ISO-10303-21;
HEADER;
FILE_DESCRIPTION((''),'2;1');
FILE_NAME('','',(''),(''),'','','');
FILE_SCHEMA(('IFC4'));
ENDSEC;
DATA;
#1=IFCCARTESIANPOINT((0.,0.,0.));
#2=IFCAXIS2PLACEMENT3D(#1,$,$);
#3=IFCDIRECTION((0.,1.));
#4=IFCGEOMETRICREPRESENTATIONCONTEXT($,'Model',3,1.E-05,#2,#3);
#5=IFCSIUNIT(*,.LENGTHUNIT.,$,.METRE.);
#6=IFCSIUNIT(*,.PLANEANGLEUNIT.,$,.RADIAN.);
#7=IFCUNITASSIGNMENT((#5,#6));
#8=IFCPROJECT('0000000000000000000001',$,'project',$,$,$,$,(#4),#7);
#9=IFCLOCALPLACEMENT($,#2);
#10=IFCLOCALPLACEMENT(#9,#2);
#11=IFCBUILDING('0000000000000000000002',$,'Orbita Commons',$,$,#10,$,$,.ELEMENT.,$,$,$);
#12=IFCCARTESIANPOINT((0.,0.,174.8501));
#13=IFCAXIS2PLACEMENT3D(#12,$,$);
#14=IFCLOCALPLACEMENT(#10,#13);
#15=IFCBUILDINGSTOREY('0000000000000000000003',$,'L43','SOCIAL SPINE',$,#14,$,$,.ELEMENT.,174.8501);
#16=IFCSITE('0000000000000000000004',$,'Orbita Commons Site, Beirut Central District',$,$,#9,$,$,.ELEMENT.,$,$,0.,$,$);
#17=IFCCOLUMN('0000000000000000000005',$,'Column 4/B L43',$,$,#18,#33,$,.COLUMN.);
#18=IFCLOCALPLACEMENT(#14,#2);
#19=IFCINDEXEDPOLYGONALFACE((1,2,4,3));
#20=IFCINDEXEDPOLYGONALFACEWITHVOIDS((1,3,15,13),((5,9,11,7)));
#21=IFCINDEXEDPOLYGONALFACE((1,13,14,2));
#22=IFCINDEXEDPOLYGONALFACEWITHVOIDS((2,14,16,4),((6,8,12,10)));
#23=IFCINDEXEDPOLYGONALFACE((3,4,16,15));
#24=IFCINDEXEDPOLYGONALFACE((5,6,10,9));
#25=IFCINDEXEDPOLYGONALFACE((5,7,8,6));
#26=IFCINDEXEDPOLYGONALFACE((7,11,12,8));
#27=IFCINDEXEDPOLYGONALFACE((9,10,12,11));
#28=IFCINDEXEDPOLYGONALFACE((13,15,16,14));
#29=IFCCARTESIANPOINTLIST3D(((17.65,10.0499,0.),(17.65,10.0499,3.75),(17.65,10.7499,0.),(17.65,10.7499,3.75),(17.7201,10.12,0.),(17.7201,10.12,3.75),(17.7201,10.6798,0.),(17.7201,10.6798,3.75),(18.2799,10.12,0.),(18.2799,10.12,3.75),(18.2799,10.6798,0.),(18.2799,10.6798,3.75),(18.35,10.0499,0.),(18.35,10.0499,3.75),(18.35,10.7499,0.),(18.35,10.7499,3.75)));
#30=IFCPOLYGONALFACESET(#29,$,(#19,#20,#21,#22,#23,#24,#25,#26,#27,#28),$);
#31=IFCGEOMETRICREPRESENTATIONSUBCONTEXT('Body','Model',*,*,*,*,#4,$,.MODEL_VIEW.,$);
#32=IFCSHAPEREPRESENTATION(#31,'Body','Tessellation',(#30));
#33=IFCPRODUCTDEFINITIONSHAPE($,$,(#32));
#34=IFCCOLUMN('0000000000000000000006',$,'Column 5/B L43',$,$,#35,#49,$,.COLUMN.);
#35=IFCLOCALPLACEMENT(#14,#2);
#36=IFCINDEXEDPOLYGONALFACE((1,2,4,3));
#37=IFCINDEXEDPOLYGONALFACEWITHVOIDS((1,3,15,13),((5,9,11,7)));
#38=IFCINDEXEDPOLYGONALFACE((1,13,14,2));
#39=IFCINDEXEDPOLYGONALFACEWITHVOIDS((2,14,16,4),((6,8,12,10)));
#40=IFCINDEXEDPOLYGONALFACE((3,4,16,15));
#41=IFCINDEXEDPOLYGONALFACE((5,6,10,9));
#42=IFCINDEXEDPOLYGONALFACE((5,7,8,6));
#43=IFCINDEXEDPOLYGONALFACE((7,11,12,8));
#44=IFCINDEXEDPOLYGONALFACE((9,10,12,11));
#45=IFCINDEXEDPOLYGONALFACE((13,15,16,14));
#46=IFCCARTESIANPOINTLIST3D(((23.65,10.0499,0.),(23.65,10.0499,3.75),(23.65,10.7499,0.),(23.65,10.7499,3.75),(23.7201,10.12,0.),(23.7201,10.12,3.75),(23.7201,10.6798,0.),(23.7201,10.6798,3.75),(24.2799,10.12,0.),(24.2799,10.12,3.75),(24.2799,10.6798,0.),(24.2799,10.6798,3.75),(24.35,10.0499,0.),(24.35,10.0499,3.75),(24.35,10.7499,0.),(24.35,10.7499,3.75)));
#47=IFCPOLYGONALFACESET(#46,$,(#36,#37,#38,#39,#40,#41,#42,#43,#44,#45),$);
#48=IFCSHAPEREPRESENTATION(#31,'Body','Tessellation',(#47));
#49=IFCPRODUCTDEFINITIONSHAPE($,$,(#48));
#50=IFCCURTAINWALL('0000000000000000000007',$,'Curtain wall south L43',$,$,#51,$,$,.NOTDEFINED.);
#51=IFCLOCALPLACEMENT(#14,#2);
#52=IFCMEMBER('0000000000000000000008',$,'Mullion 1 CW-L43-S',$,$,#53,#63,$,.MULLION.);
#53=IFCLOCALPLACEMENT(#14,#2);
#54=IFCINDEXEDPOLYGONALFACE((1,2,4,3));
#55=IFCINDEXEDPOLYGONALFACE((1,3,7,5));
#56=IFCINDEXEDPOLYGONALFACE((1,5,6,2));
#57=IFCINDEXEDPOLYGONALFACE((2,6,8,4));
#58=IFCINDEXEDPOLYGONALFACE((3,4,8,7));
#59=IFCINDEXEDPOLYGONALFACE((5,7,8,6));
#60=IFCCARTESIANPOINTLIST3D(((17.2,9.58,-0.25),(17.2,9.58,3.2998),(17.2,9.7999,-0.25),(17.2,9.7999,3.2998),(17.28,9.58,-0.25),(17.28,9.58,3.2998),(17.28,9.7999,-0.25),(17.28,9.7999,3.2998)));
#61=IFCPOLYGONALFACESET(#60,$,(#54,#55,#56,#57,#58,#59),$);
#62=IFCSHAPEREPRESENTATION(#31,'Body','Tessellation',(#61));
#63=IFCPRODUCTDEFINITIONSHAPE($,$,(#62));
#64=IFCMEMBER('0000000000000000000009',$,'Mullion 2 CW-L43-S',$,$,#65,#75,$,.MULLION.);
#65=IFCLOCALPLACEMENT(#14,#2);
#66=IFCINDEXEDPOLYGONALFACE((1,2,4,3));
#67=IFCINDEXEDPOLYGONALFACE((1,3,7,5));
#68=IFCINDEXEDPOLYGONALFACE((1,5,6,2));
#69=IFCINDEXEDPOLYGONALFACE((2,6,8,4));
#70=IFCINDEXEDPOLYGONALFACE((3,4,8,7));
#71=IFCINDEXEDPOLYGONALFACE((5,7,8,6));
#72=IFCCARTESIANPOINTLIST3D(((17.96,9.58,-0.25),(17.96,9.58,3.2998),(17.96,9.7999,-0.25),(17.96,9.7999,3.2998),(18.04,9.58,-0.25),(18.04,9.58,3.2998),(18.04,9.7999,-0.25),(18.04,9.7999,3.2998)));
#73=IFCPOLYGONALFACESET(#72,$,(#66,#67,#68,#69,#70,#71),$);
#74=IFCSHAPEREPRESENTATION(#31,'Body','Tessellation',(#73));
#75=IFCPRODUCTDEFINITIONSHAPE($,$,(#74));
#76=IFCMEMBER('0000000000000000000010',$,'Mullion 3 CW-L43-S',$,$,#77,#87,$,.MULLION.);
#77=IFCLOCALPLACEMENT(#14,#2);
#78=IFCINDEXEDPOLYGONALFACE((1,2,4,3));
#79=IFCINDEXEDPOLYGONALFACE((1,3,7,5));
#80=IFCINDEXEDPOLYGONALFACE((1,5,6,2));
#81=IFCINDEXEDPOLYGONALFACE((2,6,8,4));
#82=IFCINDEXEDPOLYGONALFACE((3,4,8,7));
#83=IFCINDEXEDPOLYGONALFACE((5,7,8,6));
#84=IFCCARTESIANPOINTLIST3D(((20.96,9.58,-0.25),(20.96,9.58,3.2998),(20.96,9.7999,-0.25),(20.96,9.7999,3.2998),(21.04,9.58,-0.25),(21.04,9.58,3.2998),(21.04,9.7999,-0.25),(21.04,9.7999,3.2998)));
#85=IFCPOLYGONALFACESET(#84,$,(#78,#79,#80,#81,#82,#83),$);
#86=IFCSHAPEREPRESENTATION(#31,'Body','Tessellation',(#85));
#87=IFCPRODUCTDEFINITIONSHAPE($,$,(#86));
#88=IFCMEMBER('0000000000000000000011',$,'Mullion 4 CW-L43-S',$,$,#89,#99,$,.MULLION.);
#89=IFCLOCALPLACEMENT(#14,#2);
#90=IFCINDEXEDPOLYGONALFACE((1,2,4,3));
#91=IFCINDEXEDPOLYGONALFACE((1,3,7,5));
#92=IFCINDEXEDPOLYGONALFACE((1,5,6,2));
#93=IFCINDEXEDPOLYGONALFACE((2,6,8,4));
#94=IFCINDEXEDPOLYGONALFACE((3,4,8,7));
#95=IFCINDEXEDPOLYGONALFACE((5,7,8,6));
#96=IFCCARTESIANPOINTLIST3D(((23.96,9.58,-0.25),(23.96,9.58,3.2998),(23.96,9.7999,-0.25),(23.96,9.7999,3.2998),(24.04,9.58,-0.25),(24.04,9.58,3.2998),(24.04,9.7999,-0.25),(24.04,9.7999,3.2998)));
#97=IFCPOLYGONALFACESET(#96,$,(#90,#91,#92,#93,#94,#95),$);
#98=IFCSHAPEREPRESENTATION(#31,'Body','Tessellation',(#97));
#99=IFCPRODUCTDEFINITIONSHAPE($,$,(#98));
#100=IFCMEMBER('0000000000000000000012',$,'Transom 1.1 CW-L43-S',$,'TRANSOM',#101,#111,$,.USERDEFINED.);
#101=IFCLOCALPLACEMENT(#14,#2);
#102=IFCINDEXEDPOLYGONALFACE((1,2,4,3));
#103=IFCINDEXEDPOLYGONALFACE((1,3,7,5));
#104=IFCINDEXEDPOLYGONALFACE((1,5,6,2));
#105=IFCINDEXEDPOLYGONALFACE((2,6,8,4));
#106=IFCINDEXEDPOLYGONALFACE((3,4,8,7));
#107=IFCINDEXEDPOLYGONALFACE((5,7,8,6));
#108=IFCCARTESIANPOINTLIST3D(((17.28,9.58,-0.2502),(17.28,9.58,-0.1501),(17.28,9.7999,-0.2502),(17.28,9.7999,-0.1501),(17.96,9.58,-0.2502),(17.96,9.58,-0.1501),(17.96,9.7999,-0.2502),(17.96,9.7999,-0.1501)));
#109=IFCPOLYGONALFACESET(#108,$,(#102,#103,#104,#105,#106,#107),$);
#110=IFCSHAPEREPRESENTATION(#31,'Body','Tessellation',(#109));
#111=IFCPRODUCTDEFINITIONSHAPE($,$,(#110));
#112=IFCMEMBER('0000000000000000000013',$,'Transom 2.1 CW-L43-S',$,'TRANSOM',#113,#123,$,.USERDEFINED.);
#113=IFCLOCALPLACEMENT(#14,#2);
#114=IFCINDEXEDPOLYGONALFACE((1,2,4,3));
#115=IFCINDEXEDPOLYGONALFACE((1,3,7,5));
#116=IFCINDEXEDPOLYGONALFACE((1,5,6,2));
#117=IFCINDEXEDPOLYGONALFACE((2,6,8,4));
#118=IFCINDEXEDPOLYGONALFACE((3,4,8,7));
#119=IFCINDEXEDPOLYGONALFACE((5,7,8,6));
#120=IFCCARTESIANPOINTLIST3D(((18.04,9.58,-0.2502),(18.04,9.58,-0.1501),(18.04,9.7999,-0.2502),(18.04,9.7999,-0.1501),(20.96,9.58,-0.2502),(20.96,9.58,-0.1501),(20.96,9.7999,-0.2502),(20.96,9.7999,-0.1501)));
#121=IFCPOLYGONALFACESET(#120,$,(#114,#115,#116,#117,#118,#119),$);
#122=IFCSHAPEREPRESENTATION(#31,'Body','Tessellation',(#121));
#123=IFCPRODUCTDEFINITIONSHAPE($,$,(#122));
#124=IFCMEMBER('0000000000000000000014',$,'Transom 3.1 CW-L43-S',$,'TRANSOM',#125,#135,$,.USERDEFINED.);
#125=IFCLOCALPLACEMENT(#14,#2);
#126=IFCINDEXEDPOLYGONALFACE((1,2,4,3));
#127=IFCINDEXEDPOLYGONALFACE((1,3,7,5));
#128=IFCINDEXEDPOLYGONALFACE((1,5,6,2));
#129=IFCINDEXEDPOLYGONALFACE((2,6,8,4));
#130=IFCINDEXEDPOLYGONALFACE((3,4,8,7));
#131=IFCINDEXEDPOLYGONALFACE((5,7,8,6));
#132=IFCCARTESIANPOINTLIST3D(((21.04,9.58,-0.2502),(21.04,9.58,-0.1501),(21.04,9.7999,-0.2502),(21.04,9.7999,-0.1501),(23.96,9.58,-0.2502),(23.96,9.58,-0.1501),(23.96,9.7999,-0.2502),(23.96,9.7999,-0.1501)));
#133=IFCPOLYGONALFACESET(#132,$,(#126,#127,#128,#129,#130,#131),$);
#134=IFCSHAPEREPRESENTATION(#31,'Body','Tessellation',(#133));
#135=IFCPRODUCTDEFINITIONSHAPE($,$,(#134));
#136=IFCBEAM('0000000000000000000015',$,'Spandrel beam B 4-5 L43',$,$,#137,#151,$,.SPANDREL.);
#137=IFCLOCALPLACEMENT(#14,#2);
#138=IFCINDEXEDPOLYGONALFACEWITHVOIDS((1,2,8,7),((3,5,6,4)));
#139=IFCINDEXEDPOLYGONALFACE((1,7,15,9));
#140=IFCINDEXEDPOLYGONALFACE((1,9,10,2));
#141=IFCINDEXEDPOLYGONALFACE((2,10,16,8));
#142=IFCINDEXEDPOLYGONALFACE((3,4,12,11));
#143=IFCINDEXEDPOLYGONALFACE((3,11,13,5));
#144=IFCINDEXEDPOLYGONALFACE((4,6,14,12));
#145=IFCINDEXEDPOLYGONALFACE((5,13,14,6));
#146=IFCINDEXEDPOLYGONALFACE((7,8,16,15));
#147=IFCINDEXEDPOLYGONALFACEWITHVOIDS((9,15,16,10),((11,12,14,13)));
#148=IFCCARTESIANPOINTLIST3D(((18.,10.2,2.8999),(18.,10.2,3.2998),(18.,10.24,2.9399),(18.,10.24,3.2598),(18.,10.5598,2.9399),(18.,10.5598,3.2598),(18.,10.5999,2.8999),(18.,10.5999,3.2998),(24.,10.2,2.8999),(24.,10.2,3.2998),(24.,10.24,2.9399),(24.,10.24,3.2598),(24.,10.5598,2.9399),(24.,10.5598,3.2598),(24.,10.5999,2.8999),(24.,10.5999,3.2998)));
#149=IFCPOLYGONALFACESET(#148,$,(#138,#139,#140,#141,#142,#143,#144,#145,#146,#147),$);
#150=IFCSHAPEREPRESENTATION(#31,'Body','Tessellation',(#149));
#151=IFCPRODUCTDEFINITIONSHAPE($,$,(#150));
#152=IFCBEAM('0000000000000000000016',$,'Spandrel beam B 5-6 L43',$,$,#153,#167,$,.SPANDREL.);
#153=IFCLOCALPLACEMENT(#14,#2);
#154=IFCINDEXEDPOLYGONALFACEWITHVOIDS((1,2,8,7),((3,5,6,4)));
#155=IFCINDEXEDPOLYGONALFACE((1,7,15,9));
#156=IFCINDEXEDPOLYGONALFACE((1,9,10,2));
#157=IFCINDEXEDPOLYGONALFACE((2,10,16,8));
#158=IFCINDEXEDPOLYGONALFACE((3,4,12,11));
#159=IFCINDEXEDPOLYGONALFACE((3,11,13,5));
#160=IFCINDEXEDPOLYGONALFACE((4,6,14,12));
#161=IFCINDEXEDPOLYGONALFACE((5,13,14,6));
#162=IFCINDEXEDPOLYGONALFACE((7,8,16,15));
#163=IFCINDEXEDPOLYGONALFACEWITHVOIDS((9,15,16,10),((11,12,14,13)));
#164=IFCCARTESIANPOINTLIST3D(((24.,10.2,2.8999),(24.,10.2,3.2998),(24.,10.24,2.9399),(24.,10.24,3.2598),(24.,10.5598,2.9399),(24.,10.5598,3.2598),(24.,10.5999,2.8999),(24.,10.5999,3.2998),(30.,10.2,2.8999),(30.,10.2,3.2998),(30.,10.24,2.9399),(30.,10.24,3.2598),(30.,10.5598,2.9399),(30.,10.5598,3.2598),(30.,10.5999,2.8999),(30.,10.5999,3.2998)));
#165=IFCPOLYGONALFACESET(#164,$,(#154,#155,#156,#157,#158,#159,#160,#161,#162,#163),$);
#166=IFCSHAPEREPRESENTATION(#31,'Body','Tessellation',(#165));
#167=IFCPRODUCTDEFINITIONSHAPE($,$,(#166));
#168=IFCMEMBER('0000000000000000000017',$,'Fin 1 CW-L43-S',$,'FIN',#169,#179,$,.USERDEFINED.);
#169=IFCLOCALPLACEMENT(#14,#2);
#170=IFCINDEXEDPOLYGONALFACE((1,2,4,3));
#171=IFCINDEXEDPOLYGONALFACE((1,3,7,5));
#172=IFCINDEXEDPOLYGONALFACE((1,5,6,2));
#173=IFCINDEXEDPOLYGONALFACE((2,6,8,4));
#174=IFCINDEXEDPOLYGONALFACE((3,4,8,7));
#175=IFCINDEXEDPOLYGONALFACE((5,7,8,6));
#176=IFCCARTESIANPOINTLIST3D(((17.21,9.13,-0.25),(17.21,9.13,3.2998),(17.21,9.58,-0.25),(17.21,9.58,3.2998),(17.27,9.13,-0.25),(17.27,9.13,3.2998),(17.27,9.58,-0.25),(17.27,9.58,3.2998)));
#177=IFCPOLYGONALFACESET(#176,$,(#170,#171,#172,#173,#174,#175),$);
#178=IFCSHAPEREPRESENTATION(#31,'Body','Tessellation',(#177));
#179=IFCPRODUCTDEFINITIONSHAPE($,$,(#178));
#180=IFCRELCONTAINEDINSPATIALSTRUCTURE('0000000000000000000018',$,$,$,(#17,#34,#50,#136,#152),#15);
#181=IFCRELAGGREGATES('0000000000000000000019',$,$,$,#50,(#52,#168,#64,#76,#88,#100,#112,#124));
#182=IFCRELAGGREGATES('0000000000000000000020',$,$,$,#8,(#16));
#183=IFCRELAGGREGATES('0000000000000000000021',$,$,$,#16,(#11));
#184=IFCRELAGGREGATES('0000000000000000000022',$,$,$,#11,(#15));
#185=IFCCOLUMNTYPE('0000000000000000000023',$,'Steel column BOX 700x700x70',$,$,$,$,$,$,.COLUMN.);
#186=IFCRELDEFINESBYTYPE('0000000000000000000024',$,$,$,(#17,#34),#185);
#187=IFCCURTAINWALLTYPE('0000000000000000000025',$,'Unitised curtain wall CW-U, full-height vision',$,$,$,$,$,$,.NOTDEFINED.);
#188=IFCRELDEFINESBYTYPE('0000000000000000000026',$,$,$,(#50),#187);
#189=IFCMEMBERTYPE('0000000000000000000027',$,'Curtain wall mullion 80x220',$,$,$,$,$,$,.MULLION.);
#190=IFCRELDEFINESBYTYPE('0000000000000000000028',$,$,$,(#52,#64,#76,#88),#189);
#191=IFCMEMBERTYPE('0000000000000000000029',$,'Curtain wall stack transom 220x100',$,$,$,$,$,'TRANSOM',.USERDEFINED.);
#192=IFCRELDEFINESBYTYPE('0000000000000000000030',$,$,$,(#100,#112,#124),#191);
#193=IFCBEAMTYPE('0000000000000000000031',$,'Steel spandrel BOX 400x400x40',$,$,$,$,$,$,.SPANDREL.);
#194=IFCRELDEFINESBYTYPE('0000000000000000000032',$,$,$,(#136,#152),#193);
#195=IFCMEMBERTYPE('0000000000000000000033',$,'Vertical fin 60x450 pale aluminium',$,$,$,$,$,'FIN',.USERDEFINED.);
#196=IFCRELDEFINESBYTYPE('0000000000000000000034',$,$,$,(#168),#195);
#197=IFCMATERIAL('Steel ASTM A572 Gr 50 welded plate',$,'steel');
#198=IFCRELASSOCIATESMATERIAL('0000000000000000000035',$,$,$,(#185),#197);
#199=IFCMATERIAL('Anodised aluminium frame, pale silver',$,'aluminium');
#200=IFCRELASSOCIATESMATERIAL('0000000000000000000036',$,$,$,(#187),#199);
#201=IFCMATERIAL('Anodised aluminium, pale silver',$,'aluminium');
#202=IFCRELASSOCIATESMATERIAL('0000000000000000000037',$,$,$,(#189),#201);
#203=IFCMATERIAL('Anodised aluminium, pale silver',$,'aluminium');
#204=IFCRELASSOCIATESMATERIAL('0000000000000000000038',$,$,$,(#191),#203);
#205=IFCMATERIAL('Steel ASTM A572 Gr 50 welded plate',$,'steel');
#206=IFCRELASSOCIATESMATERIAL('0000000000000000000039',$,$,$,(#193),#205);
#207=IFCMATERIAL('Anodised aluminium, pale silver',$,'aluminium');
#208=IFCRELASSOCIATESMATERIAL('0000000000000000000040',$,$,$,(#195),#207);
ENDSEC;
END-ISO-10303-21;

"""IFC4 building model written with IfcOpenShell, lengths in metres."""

from ifc_helpers import new_model, si_unit, direction, frame, origin, origin_2d, place, context, subcontext, project, spatial, rectangle, hollow_rectangle, extrude, material, material_profile, profile_set, type_object, element, aggregate, save


model = new_model("IFC4")

# Units and contexts
model_context = context("Model", 3, precision=1e-05, world=origin(), true_north=direction((0.0, 1.0)))
body_context = subcontext(model_context, "Body", "Model", "MODEL_VIEW")
ifc_project = project(units=[si_unit("LENGTHUNIT", "METRE"), si_unit("PLANEANGLEUNIT", "RADIAN")], contexts=[model_context])

# Site, building, storey
site_placement = place(None, origin())
site = spatial("IfcSite", under=ifc_project, at=site_placement, Name="Orbita Commons Site, Beirut Central District", CompositionType="ELEMENT", RefElevation=0.0)
building_placement = place(site_placement, origin())
building = spatial("IfcBuilding", under=site, at=building_placement, Name="Orbita Commons", CompositionType="ELEMENT")
storey_placement = place(building_placement, frame((0.0, 0.0, 174.8501)))
storey = spatial("IfcBuildingStorey", under=building, at=storey_placement, Name="L43", Description="SOCIAL SPINE", CompositionType="ELEMENT", Elevation=174.8501)

# Columns
ifc_material_1 = material(Name="Steel ASTM A572 Gr 50 welded plate", Category="steel")
ifc_material_profile_1 = material_profile(ifc_material_1, hollow_rectangle(XDim=0.7, YDim=0.7, WallThickness=0.0701, at=origin_2d()), Name="BOX 700x700x70")
ifc_profile_set_1 = profile_set([ifc_material_profile_1], Name="Steel ASTM A572 Gr 50 welded plate")
column_type = type_object("IfcColumnType", Name="Steel column BOX 700x700x70", PredefinedType="COLUMN", material=ifc_profile_set_1)
for number, where, z_axis, x_axis, name in (
    (1, (18.0, 10.3999, 0.0), (0.0, 0.0, 1.0), (1.0, 0.0, 0.0), "Column 4/B L43"),
    (2, (24.0, 10.3999, 0.0), (0.0, 0.0, 1.0), (1.0, 0.0, 0.0), "Column 5/B L43"),
):
    element("IfcColumn", number, at=place(storey_placement, frame(where, z_axis=z_axis, x_axis=x_axis)), inside=storey, type_object=column_type, Name=name, PredefinedType="COLUMN", context=body_context, shape_type="SweptSolid", body=[
        extrude(hollow_rectangle(XDim=0.7, YDim=0.7, WallThickness=0.0701, at=origin_2d()), origin(), (0.0, 0.0, 1.0), 3.75),
    ])

# Curtain wall, members
ifc_material_2 = material(Name="Anodised aluminium frame, pale silver", Category="aluminium")
curtain_wall_type = type_object("IfcCurtainWallType", Name="Unitised curtain wall CW-U, full-height vision", PredefinedType="NOTDEFINED", material=ifc_material_2)
curtain_wall_placement = place(storey_placement, origin())
curtain_wall = element("IfcCurtainWall", 3, at=curtain_wall_placement, inside=storey, type_object=curtain_wall_type, Name="Curtain wall south L43", PredefinedType="NOTDEFINED")
ifc_material_3 = material(Name="Anodised aluminium, pale silver", Category="aluminium")
ifc_material_profile_2 = material_profile(ifc_material_3, rectangle(XDim=0.0801, YDim=0.22, at=origin_2d()), Name="AL 80x220")
ifc_profile_set_2 = profile_set([ifc_material_profile_2], Name="Anodised aluminium, pale silver")
member_type_1 = type_object("IfcMemberType", Name="Curtain wall mullion 80x220", PredefinedType="MULLION", material=ifc_profile_set_2)
member_1_placement = place(storey_placement, frame((17.24, 9.6899, -0.25), z_axis=(0.0, 0.0, 1.0), x_axis=(1.0, 0.0, 0.0)))
member_1 = element("IfcMember", 4, at=member_1_placement, type_object=member_type_1, Name="Mullion 1 CW-L43-S", PredefinedType="MULLION", context=body_context, shape_type="SweptSolid", body=[
    extrude(rectangle(XDim=0.0801, YDim=0.22, at=origin_2d()), origin(), (0.0, 0.0, 1.0), 3.5498),
])
member_2_placement = place(storey_placement, frame((18.0, 9.6899, -0.25), z_axis=(0.0, 0.0, 1.0), x_axis=(1.0, 0.0, 0.0)))
member_2 = element("IfcMember", 5, at=member_2_placement, type_object=member_type_1, Name="Mullion 2 CW-L43-S", PredefinedType="MULLION", context=body_context, shape_type="SweptSolid", body=[
    extrude(rectangle(XDim=0.0801, YDim=0.22, at=origin_2d()), origin(), (0.0, 0.0, 1.0), 3.5498),
])
member_3_placement = place(storey_placement, frame((21.0, 9.6899, -0.25), z_axis=(0.0, 0.0, 1.0), x_axis=(1.0, 0.0, 0.0)))
member_3 = element("IfcMember", 6, at=member_3_placement, type_object=member_type_1, Name="Mullion 3 CW-L43-S", PredefinedType="MULLION", context=body_context, shape_type="SweptSolid", body=[
    extrude(rectangle(XDim=0.0801, YDim=0.22, at=origin_2d()), origin(), (0.0, 0.0, 1.0), 3.5498),
])
member_4_placement = place(storey_placement, frame((24.0, 9.6899, -0.25), z_axis=(0.0, 0.0, 1.0), x_axis=(1.0, 0.0, 0.0)))
member_4 = element("IfcMember", 7, at=member_4_placement, type_object=member_type_1, Name="Mullion 4 CW-L43-S", PredefinedType="MULLION", context=body_context, shape_type="SweptSolid", body=[
    extrude(rectangle(XDim=0.0801, YDim=0.22, at=origin_2d()), origin(), (0.0, 0.0, 1.0), 3.5498),
])
ifc_material_4 = material(Name="Anodised aluminium, pale silver", Category="aluminium")
ifc_material_profile_3 = material_profile(ifc_material_4, rectangle(XDim=0.22, YDim=0.1001, at=origin_2d()), Name="AL 220x100")
ifc_profile_set_3 = profile_set([ifc_material_profile_3], Name="Anodised aluminium, pale silver")
member_type_2 = type_object("IfcMemberType", Name="Curtain wall stack transom 220x100", ElementType="TRANSOM", PredefinedType="USERDEFINED", material=ifc_profile_set_3)
member_5_placement = place(storey_placement, frame((17.28, 9.6899, -0.2002), z_axis=(1.0, 0.0, 0.0), x_axis=(0.0, 1.0, 0.0)))
member_5 = element("IfcMember", 8, at=member_5_placement, type_object=member_type_2, Name="Transom 1.1 CW-L43-S", ObjectType="TRANSOM", PredefinedType="USERDEFINED", context=body_context, shape_type="SweptSolid", body=[
    extrude(rectangle(XDim=0.22, YDim=0.1001, at=origin_2d()), origin(), (0.0, 0.0, 1.0), 0.6799),
])
member_6_placement = place(storey_placement, frame((18.04, 9.6899, -0.2002), z_axis=(1.0, 0.0, 0.0), x_axis=(0.0, 1.0, 0.0)))
member_6 = element("IfcMember", 9, at=member_6_placement, type_object=member_type_2, Name="Transom 2.1 CW-L43-S", ObjectType="TRANSOM", PredefinedType="USERDEFINED", context=body_context, shape_type="SweptSolid", body=[
    extrude(rectangle(XDim=0.22, YDim=0.1001, at=origin_2d()), origin(), (0.0, 0.0, 1.0), 2.9199),
])
member_7_placement = place(storey_placement, frame((21.04, 9.6899, -0.2002), z_axis=(1.0, 0.0, 0.0), x_axis=(0.0, 1.0, 0.0)))
member_7 = element("IfcMember", 10, at=member_7_placement, type_object=member_type_2, Name="Transom 3.1 CW-L43-S", ObjectType="TRANSOM", PredefinedType="USERDEFINED", context=body_context, shape_type="SweptSolid", body=[
    extrude(rectangle(XDim=0.22, YDim=0.1001, at=origin_2d()), origin(), (0.0, 0.0, 1.0), 2.9199),
])

# Beams
ifc_material_5 = material(Name="Steel ASTM A572 Gr 50 welded plate", Category="steel")
ifc_material_profile_4 = material_profile(ifc_material_5, hollow_rectangle(XDim=0.3999, YDim=0.3999, WallThickness=0.04, at=origin_2d()), Name="BOX 400x400x40")
ifc_profile_set_4 = profile_set([ifc_material_profile_4], Name="Steel ASTM A572 Gr 50 welded plate")
beam_type = type_object("IfcBeamType", Name="Steel spandrel BOX 400x400x40", PredefinedType="SPANDREL", material=ifc_profile_set_4)
for number, where, z_axis, x_axis, name in (
    (11, (18.0, 10.3999, 3.0999), (1.0, 0.0, 0.0), (0.0, 1.0, 0.0), "Spandrel beam B 4-5 L43"),
    (12, (24.0, 10.3999, 3.0999), (1.0, 0.0, 0.0), (0.0, 1.0, 0.0), "Spandrel beam B 5-6 L43"),
):
    element("IfcBeam", number, at=place(storey_placement, frame(where, z_axis=z_axis, x_axis=x_axis)), inside=storey, type_object=beam_type, Name=name, PredefinedType="SPANDREL", context=body_context, shape_type="SweptSolid", body=[
        extrude(hollow_rectangle(XDim=0.3999, YDim=0.3999, WallThickness=0.04, at=origin_2d()), origin(), (0.0, 0.0, 1.0), 6.0),
    ])

# Member
ifc_material_6 = material(Name="Anodised aluminium, pale silver", Category="aluminium")
ifc_material_profile_5 = material_profile(ifc_material_6, rectangle(XDim=0.0601, YDim=0.45, at=origin_2d()), Name="FIN 60x450")
ifc_profile_set_5 = profile_set([ifc_material_profile_5], Name="Anodised aluminium, pale silver")
member_type_3 = type_object("IfcMemberType", Name="Vertical fin 60x450 pale aluminium", ElementType="FIN", PredefinedType="USERDEFINED", material=ifc_profile_set_5)
member_8_placement = place(storey_placement, frame((17.24, 9.355, -0.25), z_axis=(0.0, 0.0, 1.0), x_axis=(1.0, 0.0, 0.0)))
member_8 = element("IfcMember", 13, at=member_8_placement, type_object=member_type_3, Name="Fin 1 CW-L43-S", ObjectType="FIN", PredefinedType="USERDEFINED", context=body_context, shape_type="SweptSolid", body=[
    extrude(rectangle(XDim=0.0601, YDim=0.45, at=origin_2d()), origin(), (0.0, 0.0, 1.0), 3.5498),
])

aggregate(curtain_wall, [member_1, member_8, member_2, member_3, member_4, member_5, member_6, member_7])

save(model, "model.ifc")
